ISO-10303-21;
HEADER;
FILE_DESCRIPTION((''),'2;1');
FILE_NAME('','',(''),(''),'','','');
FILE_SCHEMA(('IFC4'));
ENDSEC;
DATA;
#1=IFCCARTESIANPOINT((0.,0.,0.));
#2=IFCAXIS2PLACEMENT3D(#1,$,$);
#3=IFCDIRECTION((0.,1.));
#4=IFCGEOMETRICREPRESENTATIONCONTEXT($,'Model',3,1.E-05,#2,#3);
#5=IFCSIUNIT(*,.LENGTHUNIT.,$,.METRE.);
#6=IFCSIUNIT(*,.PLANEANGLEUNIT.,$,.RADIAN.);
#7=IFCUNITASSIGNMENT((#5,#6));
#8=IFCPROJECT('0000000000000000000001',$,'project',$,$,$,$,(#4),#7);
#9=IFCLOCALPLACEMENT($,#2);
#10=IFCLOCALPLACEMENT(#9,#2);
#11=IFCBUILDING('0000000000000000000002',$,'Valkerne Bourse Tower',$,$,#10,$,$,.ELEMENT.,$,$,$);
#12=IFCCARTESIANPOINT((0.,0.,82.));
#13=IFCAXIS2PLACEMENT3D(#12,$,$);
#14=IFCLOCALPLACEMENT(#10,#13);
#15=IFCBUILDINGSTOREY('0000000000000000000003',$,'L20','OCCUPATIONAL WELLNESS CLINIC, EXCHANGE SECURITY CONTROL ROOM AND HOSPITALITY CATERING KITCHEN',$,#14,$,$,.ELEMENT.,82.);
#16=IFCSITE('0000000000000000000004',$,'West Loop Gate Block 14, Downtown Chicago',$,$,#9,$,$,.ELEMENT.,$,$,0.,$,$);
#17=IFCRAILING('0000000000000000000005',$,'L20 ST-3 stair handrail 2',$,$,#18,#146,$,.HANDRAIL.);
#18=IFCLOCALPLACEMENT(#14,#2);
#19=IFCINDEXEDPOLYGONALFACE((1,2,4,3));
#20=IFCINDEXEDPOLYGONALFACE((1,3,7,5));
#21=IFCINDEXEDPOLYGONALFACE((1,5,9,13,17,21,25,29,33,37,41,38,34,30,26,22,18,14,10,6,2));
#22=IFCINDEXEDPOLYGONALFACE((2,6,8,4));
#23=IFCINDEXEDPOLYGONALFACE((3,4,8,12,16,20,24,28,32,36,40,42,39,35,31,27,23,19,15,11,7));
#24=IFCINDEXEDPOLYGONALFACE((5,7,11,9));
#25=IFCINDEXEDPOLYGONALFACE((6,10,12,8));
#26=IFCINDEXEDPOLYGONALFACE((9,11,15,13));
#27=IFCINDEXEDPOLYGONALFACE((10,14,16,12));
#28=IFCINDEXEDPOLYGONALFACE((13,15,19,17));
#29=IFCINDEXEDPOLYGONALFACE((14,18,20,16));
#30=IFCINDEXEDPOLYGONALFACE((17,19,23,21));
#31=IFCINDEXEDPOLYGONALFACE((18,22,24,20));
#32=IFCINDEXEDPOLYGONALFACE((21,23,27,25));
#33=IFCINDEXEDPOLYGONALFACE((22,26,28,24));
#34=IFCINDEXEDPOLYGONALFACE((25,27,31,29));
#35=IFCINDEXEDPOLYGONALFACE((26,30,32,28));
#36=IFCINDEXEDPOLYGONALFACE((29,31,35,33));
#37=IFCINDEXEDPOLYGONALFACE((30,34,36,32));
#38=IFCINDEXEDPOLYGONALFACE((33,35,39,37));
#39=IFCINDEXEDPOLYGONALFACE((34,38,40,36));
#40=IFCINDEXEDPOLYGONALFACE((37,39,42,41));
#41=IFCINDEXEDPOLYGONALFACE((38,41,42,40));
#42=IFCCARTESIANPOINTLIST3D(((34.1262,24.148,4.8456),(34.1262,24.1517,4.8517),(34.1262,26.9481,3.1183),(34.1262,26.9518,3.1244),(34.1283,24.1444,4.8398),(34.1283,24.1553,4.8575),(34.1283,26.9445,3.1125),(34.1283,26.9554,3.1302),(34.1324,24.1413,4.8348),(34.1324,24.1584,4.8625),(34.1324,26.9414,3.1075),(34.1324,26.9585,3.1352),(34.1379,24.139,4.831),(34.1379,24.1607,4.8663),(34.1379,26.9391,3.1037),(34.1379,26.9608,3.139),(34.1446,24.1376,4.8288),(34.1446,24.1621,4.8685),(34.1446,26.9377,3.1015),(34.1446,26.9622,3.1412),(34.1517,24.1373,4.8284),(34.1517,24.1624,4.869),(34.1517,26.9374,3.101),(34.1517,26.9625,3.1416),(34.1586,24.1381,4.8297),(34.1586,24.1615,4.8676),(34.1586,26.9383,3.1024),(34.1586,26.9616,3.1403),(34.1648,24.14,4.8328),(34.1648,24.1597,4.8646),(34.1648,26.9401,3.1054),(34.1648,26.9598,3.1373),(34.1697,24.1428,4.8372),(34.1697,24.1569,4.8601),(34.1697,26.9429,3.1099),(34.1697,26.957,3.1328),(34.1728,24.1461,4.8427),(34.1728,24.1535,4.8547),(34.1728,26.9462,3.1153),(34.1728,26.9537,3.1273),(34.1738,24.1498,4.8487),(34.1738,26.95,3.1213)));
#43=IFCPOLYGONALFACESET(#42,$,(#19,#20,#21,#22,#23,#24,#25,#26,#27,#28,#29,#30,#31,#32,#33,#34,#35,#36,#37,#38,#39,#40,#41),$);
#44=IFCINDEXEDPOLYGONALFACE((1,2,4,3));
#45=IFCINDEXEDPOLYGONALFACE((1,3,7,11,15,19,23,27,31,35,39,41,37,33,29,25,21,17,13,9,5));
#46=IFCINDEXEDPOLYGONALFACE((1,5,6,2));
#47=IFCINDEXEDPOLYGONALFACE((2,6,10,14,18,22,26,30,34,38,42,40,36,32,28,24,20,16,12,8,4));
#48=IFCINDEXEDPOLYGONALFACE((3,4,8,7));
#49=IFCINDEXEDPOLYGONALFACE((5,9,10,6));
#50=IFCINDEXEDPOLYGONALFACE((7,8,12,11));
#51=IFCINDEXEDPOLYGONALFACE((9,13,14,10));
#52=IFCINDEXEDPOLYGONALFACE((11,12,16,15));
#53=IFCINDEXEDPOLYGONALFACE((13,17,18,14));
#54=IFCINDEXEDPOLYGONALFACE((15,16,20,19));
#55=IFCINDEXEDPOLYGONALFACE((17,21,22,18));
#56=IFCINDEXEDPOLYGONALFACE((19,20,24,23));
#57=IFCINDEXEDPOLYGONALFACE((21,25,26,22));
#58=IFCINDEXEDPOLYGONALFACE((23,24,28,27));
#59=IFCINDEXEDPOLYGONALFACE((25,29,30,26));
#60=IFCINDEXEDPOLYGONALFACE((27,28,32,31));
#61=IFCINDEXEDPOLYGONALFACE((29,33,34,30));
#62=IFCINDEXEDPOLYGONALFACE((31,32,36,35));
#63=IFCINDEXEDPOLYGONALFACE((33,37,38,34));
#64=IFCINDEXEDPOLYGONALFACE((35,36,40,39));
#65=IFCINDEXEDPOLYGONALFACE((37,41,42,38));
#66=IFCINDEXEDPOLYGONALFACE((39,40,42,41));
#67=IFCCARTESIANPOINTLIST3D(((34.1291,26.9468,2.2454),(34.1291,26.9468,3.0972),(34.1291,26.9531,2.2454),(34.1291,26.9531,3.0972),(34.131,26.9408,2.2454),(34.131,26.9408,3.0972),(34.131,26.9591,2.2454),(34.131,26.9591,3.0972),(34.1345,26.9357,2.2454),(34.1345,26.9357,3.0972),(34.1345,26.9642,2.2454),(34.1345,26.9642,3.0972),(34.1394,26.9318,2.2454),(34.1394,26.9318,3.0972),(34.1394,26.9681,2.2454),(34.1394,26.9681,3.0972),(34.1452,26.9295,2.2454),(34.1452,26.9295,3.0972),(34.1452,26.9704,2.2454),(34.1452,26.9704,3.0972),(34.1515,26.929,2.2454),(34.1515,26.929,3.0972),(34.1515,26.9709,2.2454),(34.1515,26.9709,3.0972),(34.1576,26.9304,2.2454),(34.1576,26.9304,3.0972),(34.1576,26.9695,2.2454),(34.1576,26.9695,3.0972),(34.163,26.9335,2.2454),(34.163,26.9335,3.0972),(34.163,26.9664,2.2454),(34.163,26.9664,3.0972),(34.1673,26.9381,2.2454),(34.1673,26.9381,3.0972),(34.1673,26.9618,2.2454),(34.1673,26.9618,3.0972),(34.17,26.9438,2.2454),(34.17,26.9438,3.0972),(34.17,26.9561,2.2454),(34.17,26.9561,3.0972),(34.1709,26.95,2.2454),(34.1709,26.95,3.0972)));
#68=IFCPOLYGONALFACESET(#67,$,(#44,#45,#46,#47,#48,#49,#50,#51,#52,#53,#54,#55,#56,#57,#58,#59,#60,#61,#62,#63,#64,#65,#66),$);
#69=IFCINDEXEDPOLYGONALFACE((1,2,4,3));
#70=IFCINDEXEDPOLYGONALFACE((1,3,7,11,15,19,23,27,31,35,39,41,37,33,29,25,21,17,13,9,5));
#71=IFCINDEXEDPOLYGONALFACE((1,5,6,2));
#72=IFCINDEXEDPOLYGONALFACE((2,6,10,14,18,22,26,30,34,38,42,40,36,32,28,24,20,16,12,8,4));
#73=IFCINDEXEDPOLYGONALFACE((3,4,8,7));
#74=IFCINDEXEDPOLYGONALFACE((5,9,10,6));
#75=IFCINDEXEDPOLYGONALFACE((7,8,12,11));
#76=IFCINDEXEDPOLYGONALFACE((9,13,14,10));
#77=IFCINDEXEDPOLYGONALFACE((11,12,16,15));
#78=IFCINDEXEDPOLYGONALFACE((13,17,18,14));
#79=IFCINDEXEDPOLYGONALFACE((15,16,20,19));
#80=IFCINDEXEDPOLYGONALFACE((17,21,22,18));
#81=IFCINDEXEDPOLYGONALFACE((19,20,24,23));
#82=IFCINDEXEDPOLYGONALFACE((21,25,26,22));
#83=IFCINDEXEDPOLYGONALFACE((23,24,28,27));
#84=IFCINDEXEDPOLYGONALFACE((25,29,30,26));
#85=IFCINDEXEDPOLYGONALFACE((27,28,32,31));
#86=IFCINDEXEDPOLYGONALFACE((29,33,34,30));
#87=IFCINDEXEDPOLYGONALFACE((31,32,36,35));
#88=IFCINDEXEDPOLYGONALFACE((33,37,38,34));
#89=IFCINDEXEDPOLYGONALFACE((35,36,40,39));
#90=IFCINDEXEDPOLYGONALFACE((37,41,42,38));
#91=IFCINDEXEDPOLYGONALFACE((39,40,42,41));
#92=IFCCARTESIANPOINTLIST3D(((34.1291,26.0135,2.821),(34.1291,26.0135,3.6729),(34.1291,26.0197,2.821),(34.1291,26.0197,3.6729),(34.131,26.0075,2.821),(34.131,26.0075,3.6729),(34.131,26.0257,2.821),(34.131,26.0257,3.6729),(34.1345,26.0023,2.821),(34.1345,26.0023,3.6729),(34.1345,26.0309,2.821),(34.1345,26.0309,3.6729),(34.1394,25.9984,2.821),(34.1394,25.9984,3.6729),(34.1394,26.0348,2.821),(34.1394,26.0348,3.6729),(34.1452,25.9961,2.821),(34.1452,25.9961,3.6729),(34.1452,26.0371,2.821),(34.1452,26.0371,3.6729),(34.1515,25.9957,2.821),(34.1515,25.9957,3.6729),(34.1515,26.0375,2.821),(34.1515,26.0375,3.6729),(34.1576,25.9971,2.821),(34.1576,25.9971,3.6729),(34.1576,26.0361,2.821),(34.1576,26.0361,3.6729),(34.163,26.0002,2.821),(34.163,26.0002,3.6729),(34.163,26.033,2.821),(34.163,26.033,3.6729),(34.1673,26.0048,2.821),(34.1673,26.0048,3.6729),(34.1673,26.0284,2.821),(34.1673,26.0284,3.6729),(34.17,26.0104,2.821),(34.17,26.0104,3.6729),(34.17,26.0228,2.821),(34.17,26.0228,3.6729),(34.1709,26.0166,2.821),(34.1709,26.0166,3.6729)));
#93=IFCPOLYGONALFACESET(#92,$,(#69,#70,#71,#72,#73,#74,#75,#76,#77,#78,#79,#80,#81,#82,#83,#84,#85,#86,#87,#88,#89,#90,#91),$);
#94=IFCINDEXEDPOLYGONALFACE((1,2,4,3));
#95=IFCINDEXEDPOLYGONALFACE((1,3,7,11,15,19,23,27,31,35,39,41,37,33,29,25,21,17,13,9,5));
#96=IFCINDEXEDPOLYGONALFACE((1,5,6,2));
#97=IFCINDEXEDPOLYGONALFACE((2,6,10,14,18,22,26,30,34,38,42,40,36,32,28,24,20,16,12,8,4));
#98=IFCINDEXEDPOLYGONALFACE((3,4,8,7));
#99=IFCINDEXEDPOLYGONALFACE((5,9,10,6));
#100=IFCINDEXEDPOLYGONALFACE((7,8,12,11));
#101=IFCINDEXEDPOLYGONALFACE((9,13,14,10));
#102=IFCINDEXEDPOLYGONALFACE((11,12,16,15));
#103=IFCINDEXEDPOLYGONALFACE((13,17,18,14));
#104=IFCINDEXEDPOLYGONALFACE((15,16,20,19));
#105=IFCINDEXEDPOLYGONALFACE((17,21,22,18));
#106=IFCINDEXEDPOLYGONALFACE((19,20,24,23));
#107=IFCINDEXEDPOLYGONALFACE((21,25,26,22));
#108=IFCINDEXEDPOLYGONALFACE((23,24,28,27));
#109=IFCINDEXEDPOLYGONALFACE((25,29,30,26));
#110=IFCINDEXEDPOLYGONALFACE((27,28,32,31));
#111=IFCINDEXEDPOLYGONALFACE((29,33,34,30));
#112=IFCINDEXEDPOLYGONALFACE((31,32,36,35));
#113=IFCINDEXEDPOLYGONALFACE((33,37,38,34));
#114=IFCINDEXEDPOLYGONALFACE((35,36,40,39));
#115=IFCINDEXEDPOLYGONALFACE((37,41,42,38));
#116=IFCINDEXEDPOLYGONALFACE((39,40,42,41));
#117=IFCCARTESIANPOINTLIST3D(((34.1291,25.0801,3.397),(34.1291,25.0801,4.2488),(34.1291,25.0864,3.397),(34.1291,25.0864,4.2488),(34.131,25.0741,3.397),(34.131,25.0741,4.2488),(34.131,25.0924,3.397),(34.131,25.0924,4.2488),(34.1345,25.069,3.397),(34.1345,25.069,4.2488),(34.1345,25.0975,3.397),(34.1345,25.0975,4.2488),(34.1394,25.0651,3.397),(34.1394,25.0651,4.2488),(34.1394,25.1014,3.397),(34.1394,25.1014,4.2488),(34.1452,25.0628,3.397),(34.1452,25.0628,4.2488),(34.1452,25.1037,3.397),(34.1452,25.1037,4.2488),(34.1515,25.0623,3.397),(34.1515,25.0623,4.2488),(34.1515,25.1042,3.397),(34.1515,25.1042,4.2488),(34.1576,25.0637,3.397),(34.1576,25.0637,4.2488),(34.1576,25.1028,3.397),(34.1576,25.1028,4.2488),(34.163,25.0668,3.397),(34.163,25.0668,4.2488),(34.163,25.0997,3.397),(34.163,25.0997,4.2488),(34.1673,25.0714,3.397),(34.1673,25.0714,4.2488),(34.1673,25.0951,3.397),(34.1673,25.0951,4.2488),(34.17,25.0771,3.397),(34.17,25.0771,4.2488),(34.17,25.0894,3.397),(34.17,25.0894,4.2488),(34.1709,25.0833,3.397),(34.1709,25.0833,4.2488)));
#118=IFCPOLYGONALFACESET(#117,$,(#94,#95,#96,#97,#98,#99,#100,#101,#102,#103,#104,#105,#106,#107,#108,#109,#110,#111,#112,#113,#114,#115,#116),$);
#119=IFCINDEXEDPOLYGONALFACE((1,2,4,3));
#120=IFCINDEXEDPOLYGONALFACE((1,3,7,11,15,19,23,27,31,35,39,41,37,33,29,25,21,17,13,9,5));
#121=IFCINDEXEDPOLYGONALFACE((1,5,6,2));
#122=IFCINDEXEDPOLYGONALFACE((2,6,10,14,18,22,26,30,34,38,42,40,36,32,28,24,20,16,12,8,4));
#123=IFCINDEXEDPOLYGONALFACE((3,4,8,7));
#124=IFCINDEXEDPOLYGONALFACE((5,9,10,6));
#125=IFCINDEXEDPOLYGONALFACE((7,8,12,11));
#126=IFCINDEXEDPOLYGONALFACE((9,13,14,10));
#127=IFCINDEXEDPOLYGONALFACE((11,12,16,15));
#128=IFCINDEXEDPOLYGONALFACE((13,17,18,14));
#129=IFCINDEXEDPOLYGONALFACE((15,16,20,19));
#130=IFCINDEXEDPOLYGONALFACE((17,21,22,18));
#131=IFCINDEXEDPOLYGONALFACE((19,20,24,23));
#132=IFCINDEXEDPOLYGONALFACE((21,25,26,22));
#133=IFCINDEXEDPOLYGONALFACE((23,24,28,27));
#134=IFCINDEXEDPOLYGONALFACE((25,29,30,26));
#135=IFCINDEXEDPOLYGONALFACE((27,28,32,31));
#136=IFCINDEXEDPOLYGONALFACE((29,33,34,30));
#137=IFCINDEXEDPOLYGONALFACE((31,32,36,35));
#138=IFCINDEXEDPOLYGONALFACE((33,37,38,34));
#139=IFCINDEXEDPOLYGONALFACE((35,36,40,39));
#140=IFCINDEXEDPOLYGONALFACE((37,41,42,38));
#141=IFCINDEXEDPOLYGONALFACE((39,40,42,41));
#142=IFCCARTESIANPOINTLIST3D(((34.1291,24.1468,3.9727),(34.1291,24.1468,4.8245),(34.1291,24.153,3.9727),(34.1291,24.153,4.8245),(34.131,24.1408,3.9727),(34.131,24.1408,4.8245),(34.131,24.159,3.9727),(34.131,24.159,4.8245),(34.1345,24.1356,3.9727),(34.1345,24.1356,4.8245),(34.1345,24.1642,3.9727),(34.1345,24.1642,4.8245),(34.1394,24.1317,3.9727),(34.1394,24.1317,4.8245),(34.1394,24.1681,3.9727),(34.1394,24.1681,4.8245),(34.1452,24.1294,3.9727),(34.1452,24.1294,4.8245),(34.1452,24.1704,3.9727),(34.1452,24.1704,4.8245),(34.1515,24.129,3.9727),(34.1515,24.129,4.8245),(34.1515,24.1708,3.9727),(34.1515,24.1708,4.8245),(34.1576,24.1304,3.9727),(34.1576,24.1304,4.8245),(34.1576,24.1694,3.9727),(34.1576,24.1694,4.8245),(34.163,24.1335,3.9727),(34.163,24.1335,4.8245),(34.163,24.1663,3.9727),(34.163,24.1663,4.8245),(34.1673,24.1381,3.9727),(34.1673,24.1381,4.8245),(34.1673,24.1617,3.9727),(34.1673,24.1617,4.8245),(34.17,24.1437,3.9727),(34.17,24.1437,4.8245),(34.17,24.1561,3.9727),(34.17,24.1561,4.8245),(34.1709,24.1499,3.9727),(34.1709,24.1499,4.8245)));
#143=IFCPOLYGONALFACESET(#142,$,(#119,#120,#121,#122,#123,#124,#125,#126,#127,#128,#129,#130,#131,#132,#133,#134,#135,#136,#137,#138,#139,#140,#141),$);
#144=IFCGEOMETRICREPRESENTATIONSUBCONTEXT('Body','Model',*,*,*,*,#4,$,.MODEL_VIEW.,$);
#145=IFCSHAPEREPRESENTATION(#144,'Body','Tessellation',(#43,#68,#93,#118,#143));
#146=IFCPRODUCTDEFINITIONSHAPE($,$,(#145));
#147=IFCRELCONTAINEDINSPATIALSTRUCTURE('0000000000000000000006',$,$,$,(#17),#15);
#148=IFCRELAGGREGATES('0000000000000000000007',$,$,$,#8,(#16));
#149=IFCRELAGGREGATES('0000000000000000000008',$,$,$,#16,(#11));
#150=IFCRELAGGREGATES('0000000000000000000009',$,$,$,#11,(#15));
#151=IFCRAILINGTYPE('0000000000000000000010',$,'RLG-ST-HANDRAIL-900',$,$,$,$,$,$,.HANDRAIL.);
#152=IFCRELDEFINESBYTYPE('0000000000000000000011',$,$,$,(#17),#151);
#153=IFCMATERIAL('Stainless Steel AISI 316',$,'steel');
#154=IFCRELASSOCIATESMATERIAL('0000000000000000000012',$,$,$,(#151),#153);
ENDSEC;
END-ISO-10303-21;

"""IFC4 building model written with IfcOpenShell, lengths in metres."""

from ifc_helpers import new_model, si_unit, direction, frame, origin, origin_2d, place, context, subcontext, project, spatial, circle, extrude, material, type_object, element, save


model = new_model("IFC4")

# Units and contexts
model_context = context("Model", 3, precision=1e-05, world=origin(), true_north=direction((0.0, 1.0)))
body_context = subcontext(model_context, "Body", "Model", "MODEL_VIEW")
ifc_project = project(units=[si_unit("LENGTHUNIT", "METRE"), si_unit("PLANEANGLEUNIT", "RADIAN")], contexts=[model_context])

# Site, building, storey
site_placement = place(None, origin())
site = spatial("IfcSite", under=ifc_project, at=site_placement, Name="West Loop Gate Block 14, Downtown Chicago", CompositionType="ELEMENT", RefElevation=0.0)
building_placement = place(site_placement, origin())
building = spatial("IfcBuilding", under=site, at=building_placement, Name="Valkerne Bourse Tower", CompositionType="ELEMENT")
storey_placement = place(building_placement, frame((0.0, 0.0, 82.0)))
storey = spatial("IfcBuildingStorey", under=building, at=storey_placement, Name="L20", Description="OCCUPATIONAL WELLNESS CLINIC, EXCHANGE SECURITY CONTROL ROOM AND HOSPITALITY CATERING KITCHEN", CompositionType="ELEMENT", Elevation=82.0)

# Railing
ifc_material_1 = material(Name="Stainless Steel AISI 316", Category="steel")
railing_type_1 = type_object("IfcRailingType", Name="RLG-ST-HANDRAIL-900", PredefinedType="HANDRAIL", material=ifc_material_1)
railing_1_placement = place(storey_placement, frame((34.1499, 26.95, 2.2454)))
element("IfcRailing", 1, at=railing_1_placement, inside=storey, type_object=railing_type_1, Name="L20 ST-3 stair handrail 2", PredefinedType="HANDRAIL", context=body_context, shape_type="SweptSolid", body=[
    extrude(circle(Radius=0.0239, at=origin_2d()), frame((0.0, 0.0, 0.876), z_axis=(0.0, -0.85109, 0.52502), x_axis=(1.0, 0.0, 0.0)), (0.0, 0.0, 1.0), 3.29),
    extrude(circle(Radius=0.021, at=origin_2d()), origin(), (0.0, 0.0, 1.0), 0.8518),
    extrude(circle(Radius=0.021, at=origin_2d()), frame((0.0, -0.9333, 0.5757)), (0.0, 0.0, 1.0), 0.8518),
    extrude(circle(Radius=0.021, at=origin_2d()), frame((0.0, -1.8667, 1.1516)), (0.0, 0.0, 1.0), 0.8518),
    extrude(circle(Radius=0.021, at=origin_2d()), frame((0.0, -2.8, 1.7273)), (0.0, 0.0, 1.0), 0.8518),
])

save(model, "model.ifc")
